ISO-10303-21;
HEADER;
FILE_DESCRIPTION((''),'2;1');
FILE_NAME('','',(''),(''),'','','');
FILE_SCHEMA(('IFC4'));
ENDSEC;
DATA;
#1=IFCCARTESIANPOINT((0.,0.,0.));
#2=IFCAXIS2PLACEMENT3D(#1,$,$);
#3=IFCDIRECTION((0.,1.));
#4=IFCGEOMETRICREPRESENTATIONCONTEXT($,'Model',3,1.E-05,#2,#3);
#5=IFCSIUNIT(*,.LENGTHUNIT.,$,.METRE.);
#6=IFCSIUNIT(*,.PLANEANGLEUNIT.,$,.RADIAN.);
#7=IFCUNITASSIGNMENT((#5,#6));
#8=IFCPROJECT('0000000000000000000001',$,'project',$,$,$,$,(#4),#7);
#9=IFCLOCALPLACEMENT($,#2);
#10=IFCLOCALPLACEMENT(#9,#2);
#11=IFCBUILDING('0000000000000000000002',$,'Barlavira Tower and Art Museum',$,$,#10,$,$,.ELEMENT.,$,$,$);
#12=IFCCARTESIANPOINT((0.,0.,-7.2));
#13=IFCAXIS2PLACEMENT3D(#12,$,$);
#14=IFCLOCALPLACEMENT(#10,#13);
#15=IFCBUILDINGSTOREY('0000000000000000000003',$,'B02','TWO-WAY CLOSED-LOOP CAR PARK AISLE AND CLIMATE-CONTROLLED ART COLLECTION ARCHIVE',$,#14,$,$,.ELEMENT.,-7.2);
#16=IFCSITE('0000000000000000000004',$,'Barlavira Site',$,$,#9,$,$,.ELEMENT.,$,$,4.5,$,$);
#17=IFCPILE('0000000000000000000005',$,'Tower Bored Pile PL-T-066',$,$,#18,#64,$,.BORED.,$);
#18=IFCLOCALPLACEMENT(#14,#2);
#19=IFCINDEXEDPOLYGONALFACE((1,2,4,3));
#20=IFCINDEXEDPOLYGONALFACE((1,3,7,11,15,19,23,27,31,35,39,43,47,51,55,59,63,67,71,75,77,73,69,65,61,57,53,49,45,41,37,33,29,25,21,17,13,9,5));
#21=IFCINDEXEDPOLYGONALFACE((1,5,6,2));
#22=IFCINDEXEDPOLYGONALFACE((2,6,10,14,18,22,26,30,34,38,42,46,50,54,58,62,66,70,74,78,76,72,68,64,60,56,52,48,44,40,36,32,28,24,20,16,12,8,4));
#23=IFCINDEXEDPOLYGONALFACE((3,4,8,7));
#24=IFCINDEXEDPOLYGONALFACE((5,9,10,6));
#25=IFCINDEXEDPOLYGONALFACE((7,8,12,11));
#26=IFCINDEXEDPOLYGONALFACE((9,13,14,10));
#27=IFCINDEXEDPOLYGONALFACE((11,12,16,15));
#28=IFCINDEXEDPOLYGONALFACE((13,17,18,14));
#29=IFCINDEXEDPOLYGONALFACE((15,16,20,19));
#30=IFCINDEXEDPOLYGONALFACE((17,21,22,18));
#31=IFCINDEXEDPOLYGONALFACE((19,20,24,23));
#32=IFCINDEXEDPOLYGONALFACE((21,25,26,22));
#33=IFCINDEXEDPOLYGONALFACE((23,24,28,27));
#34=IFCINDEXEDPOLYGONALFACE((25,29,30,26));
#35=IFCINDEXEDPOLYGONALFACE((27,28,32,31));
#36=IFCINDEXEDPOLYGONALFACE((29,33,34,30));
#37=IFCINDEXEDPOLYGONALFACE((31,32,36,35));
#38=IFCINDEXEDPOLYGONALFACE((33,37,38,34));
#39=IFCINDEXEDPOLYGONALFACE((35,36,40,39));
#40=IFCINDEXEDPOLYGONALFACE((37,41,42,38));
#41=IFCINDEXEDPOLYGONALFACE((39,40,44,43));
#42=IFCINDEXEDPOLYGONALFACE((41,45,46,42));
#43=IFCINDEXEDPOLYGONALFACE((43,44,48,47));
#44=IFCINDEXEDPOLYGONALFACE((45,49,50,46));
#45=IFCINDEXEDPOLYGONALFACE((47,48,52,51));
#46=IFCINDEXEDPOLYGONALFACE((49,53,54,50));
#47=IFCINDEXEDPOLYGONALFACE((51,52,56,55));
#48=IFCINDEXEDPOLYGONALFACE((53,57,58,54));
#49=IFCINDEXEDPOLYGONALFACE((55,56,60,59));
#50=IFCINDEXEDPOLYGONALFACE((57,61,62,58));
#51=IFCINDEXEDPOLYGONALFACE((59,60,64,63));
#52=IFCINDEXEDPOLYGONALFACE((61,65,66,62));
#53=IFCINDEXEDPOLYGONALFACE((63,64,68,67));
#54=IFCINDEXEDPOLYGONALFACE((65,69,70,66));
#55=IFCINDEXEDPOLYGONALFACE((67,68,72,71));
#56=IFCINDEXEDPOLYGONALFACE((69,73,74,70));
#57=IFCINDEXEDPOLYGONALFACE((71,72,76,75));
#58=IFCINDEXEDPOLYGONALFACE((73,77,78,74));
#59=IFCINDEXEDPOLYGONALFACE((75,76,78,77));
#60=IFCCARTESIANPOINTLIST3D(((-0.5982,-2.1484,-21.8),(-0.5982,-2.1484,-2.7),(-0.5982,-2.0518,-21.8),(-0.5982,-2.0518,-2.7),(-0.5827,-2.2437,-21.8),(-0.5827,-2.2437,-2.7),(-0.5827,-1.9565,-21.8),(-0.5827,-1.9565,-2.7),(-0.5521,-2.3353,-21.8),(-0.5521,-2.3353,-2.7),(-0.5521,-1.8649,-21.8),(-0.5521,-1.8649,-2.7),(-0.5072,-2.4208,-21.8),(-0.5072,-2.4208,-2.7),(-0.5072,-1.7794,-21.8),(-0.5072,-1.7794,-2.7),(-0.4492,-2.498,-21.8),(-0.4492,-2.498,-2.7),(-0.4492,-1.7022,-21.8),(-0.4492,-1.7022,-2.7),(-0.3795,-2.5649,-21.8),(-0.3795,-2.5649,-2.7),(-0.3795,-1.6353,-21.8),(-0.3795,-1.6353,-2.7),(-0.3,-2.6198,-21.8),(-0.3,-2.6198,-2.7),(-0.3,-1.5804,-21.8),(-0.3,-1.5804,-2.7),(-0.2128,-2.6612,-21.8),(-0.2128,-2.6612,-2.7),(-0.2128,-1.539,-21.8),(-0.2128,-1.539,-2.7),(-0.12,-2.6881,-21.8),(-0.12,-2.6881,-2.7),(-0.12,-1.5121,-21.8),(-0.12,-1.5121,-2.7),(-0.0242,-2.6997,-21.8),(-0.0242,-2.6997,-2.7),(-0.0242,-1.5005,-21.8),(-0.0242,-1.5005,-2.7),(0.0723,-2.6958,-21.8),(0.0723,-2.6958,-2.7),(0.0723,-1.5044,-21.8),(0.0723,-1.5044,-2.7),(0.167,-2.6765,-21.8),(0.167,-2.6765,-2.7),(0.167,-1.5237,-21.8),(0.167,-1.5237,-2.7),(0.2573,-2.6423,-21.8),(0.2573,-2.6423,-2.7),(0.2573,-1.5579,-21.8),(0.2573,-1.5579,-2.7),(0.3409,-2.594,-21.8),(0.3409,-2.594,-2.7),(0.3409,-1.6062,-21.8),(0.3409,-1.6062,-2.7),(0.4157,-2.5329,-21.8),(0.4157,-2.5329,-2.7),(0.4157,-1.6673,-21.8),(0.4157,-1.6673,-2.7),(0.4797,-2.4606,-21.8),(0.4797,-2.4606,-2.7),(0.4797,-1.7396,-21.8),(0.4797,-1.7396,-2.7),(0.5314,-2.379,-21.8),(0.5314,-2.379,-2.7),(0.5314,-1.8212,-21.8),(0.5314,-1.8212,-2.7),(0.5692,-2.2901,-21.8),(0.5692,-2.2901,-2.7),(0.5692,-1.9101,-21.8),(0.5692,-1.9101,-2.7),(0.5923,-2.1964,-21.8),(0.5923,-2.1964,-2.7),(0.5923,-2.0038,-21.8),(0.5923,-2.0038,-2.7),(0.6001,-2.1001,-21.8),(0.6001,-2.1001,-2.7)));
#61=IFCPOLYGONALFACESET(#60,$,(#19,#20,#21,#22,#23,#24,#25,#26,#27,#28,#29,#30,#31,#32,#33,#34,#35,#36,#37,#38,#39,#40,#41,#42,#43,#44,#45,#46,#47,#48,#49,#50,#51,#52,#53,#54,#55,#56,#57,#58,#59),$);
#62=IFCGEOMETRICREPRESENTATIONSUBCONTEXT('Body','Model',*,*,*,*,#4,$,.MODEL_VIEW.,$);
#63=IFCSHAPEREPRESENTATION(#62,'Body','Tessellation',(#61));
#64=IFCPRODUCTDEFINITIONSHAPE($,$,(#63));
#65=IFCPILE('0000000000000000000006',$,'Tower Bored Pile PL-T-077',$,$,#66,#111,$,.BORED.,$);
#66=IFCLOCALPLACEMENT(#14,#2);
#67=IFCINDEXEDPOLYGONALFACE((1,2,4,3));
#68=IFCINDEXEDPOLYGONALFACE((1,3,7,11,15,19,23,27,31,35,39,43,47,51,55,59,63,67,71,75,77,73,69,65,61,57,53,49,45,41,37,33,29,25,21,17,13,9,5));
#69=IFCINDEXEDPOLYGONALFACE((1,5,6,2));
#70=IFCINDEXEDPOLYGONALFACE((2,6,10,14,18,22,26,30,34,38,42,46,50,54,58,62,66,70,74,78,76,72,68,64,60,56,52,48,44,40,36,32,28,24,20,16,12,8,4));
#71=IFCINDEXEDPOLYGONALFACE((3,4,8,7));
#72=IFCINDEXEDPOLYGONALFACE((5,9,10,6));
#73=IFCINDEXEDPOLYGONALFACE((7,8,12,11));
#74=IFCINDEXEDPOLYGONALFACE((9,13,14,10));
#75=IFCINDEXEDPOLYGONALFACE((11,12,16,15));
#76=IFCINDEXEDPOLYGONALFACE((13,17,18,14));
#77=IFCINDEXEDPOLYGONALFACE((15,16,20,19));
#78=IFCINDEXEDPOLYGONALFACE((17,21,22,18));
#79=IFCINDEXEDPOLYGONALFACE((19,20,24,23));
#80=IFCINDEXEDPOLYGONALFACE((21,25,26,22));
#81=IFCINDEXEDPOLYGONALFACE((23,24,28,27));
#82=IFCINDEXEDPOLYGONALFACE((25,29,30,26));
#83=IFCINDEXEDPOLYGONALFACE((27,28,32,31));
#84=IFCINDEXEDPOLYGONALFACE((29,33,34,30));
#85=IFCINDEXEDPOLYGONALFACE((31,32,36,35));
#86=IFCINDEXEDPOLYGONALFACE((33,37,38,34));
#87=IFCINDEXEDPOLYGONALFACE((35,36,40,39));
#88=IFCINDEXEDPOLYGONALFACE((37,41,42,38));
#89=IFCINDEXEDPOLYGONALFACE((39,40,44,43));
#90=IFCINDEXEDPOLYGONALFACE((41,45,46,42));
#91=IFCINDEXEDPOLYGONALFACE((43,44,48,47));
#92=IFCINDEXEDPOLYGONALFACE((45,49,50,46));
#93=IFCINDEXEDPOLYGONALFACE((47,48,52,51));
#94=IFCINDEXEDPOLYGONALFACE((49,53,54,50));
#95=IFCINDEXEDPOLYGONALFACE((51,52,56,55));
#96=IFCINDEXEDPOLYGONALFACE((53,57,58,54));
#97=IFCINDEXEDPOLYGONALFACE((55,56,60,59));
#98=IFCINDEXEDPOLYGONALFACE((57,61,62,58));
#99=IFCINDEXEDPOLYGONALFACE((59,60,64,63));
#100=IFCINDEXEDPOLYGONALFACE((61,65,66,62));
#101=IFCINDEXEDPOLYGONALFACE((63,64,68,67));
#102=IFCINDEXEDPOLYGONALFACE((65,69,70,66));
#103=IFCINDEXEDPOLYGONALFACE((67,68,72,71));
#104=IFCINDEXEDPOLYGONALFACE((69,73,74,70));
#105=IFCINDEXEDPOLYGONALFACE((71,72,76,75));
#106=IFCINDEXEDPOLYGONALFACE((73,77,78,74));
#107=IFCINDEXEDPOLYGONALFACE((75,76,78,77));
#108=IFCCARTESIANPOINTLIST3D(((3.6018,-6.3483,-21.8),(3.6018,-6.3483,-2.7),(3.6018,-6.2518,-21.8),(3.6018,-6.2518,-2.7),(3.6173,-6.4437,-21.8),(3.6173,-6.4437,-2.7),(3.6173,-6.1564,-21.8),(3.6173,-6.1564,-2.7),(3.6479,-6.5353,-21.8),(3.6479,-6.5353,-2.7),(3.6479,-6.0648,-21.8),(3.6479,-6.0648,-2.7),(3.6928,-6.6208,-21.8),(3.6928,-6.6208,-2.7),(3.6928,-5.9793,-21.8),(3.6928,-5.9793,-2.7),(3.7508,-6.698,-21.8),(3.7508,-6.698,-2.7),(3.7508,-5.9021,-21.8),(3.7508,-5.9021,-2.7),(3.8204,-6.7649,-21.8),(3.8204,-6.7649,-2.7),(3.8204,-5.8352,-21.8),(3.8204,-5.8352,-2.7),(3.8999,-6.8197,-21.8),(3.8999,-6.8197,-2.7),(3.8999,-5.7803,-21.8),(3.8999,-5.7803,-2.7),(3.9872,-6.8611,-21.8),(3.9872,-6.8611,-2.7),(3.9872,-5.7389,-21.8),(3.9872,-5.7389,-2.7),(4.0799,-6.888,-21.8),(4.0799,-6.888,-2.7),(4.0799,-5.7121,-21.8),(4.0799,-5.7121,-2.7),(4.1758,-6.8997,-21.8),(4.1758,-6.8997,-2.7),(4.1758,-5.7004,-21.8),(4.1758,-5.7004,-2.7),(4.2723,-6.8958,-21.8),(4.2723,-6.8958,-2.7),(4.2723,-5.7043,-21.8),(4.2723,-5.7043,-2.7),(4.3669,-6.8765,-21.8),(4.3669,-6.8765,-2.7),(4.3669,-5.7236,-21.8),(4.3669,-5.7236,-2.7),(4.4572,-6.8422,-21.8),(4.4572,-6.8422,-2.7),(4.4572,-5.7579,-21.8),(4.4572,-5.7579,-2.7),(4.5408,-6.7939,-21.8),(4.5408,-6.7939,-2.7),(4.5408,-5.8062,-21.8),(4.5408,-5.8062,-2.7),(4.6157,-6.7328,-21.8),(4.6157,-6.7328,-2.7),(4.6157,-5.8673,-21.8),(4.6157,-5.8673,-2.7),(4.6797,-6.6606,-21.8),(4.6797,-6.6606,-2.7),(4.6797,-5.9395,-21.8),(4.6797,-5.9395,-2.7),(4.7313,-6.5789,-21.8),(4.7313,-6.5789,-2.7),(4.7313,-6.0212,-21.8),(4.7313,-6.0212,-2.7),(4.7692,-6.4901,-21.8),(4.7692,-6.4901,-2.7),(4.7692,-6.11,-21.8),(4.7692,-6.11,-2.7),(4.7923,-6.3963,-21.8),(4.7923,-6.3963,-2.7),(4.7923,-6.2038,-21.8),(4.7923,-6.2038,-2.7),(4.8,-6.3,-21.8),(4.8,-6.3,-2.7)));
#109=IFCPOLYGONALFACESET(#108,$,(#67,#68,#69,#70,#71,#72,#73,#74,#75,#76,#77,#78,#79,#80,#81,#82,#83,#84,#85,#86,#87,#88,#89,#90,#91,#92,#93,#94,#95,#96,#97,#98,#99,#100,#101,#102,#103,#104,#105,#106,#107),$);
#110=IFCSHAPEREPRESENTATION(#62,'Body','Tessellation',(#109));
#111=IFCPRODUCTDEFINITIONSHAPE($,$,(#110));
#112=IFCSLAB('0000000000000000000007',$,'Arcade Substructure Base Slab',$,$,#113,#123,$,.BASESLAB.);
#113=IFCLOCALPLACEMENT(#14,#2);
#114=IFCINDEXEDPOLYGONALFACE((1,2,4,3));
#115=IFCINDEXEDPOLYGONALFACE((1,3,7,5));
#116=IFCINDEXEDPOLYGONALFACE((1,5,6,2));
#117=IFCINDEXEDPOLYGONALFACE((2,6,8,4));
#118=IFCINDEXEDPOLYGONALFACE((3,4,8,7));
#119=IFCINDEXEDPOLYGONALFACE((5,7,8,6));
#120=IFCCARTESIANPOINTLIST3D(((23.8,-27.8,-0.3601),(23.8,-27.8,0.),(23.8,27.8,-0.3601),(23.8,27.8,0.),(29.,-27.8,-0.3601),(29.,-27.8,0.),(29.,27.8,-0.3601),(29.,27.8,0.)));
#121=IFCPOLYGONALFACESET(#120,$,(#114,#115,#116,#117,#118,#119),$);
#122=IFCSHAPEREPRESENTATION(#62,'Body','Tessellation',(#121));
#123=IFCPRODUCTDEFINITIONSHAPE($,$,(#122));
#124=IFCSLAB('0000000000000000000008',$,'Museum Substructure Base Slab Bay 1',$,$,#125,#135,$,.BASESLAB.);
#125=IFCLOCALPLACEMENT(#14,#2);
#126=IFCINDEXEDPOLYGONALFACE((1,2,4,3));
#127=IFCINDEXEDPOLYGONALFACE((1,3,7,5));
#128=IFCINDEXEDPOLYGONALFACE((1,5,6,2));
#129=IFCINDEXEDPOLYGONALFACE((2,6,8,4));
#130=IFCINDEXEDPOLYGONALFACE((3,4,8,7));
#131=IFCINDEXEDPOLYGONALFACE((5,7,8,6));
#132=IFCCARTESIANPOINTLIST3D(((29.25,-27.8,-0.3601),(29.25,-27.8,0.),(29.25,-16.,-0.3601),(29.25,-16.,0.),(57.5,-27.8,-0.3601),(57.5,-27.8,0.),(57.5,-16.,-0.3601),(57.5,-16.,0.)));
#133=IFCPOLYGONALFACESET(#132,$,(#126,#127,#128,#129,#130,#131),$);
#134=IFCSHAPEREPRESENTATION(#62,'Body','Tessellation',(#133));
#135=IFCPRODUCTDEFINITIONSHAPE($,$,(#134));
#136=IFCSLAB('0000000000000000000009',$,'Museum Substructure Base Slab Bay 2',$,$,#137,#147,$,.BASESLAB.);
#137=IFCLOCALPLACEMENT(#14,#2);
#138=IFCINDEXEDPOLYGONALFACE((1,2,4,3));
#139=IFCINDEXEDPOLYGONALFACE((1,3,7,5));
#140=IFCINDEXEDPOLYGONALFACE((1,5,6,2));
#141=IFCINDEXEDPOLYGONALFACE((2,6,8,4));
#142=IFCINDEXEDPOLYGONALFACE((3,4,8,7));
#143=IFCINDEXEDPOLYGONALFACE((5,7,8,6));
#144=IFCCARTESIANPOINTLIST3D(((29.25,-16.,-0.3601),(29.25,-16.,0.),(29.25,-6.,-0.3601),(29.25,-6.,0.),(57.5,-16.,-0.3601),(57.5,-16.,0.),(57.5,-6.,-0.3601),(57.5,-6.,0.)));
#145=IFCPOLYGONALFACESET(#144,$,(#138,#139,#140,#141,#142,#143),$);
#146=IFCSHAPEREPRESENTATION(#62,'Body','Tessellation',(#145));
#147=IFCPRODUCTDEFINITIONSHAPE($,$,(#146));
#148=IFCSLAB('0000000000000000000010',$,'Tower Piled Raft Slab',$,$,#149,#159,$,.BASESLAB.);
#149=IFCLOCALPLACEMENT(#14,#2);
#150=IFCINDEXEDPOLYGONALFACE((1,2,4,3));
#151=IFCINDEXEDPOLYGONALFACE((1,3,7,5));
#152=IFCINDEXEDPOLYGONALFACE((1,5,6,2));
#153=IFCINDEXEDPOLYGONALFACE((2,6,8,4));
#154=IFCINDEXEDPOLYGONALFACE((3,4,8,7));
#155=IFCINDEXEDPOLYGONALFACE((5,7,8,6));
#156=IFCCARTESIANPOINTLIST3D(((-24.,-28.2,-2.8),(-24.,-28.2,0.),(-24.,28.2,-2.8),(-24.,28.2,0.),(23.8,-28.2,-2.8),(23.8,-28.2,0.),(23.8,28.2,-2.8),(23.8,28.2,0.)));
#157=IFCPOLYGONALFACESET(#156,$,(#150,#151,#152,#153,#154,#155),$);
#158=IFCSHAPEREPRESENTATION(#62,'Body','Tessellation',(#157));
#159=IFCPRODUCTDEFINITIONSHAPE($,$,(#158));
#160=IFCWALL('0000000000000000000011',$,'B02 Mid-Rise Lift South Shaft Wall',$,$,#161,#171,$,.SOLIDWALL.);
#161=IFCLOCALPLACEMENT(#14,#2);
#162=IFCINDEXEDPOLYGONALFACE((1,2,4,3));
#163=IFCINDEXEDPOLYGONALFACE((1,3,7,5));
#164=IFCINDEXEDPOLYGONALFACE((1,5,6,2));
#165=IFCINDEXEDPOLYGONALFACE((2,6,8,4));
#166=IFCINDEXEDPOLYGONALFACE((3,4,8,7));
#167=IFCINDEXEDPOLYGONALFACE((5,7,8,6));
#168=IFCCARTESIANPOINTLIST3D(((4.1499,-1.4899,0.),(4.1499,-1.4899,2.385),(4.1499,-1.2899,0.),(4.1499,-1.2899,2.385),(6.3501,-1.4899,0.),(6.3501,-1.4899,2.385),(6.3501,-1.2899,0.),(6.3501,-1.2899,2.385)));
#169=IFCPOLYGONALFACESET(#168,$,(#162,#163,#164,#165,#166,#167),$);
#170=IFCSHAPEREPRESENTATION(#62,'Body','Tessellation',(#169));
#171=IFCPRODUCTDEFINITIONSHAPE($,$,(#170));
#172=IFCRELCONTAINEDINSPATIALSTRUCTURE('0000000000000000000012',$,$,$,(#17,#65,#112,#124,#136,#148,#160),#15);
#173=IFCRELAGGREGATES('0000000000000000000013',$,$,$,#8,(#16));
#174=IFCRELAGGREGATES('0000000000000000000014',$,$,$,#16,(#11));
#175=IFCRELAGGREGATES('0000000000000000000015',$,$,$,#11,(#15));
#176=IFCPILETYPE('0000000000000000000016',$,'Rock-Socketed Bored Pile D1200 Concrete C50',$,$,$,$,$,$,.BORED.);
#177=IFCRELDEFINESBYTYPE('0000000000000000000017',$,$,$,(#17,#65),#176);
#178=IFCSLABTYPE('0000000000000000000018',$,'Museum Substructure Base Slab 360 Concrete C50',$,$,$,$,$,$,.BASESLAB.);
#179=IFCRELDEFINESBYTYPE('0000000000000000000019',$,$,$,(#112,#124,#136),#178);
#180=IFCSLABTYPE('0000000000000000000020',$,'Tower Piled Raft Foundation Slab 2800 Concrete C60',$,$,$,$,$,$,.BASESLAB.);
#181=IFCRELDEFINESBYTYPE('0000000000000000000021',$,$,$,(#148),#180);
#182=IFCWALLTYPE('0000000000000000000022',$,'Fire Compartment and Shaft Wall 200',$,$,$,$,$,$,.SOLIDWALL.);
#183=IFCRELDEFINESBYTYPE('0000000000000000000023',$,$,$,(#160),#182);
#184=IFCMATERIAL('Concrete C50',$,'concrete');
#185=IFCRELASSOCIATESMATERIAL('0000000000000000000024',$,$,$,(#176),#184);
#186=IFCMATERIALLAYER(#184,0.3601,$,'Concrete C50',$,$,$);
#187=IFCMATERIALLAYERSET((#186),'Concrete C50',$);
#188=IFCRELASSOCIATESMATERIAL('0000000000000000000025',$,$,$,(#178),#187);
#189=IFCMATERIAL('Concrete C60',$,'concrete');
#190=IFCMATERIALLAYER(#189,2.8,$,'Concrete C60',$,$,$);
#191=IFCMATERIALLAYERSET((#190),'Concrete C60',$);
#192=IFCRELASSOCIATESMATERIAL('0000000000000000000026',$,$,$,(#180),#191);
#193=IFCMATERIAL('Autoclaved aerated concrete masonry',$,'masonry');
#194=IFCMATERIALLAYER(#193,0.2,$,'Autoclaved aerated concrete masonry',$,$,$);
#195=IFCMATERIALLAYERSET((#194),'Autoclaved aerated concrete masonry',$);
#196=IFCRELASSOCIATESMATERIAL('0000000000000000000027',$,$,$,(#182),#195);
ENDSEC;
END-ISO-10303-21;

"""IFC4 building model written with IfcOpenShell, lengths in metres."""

from ifc_helpers import new_model, si_unit, direction, frame, frame_2d, origin, origin_2d, place, context, subcontext, project, spatial, polyline, rectangle, circle, outline, extrude, material, layer, layer_set, material_profile, profile_set, type_object, element, save


model = new_model("IFC4")

# Units and contexts
model_context = context("Model", 3, precision=1e-05, world=origin(), true_north=direction((0.0, 1.0)))
body_context = subcontext(model_context, "Body", "Model", "MODEL_VIEW")
ifc_project = project(units=[si_unit("LENGTHUNIT", "METRE"), si_unit("PLANEANGLEUNIT", "RADIAN")], contexts=[model_context])

# Site, building, storey
site_placement = place(None, origin())
site = spatial("IfcSite", under=ifc_project, at=site_placement, Name="Barlavira Site", CompositionType="ELEMENT", RefElevation=4.5)
building_placement = place(site_placement, origin())
building = spatial("IfcBuilding", under=site, at=building_placement, Name="Barlavira Tower and Art Museum", CompositionType="ELEMENT")
storey_placement = place(building_placement, frame((0.0, 0.0, -7.2)))
storey = spatial("IfcBuildingStorey", under=building, at=storey_placement, Name="B02", Description="TWO-WAY CLOSED-LOOP CAR PARK AISLE AND CLIMATE-CONTROLLED ART COLLECTION ARCHIVE", CompositionType="ELEMENT", Elevation=-7.2)

# Piles
ifc_material_1 = material(Name="Concrete C50", Category="concrete")
ifc_material_profile = material_profile(ifc_material_1, circle(Radius=0.6001, at=origin_2d()), Name="BORED PILE D1200")
ifc_profile_set = profile_set([ifc_material_profile], Name="Concrete C50")
pile_type = type_object("IfcPileType", Name="Rock-Socketed Bored Pile D1200 Concrete C50", PredefinedType="BORED", material=ifc_profile_set)
for number, where, z_axis, x_axis, name in (
    (1, (0.0, -2.1001, -2.7), (0.0, 0.0, -1.0), (1.0, 0.0, 0.0), "Tower Bored Pile PL-T-066"),
    (2, (4.2, -6.3, -2.7), (0.0, 0.0, -1.0), (1.0, 0.0, 0.0), "Tower Bored Pile PL-T-077"),
):
    element("IfcPile", number, at=place(storey_placement, frame(where, z_axis=z_axis, x_axis=x_axis)), inside=storey, type_object=pile_type, Name=name, PredefinedType="BORED", context=body_context, shape_type="SweptSolid", body=[
        extrude(circle(Radius=0.6001, at=origin_2d()), origin(), (0.0, 0.0, 1.0), 19.1001),
    ])

# Slabs
ifc_layer_1 = layer(ifc_material_1, 0.3601, Name="Concrete C50")
ifc_layer_set_1 = layer_set([ifc_layer_1], Name="Concrete C50")
slab_type_1 = type_object("IfcSlabType", Name="Museum Substructure Base Slab 360 Concrete C50", PredefinedType="BASESLAB", material=ifc_layer_set_1)
slab_1_placement = place(storey_placement, frame((0.0, 0.0, -0.3601)))
element("IfcSlab", 3, at=slab_1_placement, inside=storey, type_object=slab_type_1, Name="Arcade Substructure Base Slab", PredefinedType="BASESLAB", context=body_context, shape_type="SweptSolid", body=[
    extrude(outline(polyline([(23.8, -27.8), (29.0, -27.8), (29.0, 27.8), (23.8, 27.8), (23.8, -27.8)])), origin(), (0.0, 0.0, 1.0), 0.3601),
])
slab_2_placement = place(storey_placement, frame((0.0, 0.0, -0.3601)))
element("IfcSlab", 4, at=slab_2_placement, inside=storey, type_object=slab_type_1, Name="Museum Substructure Base Slab Bay 1", PredefinedType="BASESLAB", context=body_context, shape_type="SweptSolid", body=[
    extrude(outline(polyline([(29.25, -27.8), (57.5, -27.8), (57.5, -16.0), (29.25, -16.0), (29.25, -27.8)])), origin(), (0.0, 0.0, 1.0), 0.3601),
])
slab_3_placement = place(storey_placement, frame((0.0, 0.0, -0.3601)))
element("IfcSlab", 5, at=slab_3_placement, inside=storey, type_object=slab_type_1, Name="Museum Substructure Base Slab Bay 2", PredefinedType="BASESLAB", context=body_context, shape_type="SweptSolid", body=[
    extrude(outline(polyline([(29.25, -16.0), (57.5, -16.0), (57.5, -6.0), (29.25, -6.0), (29.25, -16.0)])), origin(), (0.0, 0.0, 1.0), 0.3601),
])
ifc_material_2 = material(Name="Concrete C60", Category="concrete")
ifc_layer_2 = layer(ifc_material_2, 2.8, Name="Concrete C60")
ifc_layer_set_2 = layer_set([ifc_layer_2], Name="Concrete C60")
slab_type_2 = type_object("IfcSlabType", Name="Tower Piled Raft Foundation Slab 2800 Concrete C60", PredefinedType="BASESLAB", material=ifc_layer_set_2)
slab_4_placement = place(storey_placement, frame((0.0, 0.0, -2.8)))
element("IfcSlab", 6, at=slab_4_placement, inside=storey, type_object=slab_type_2, Name="Tower Piled Raft Slab", PredefinedType="BASESLAB", context=body_context, shape_type="SweptSolid", body=[
    extrude(outline(polyline([(-24.0, -28.2), (23.8, -28.2), (23.8, 28.2), (-24.0, 28.2), (-24.0, -28.2)])), origin(), (0.0, 0.0, 1.0), 2.8),
])

# Shared definitions
ifc_material_3 = material(Name="Autoclaved aerated concrete masonry", Category="masonry")
ifc_layer_3 = layer(ifc_material_3, 0.2, Name="Autoclaved aerated concrete masonry")
ifc_layer_set_3 = layer_set([ifc_layer_3], Name="Autoclaved aerated concrete masonry")
wall_type_1 = type_object("IfcWallType", Name="Fire Compartment and Shaft Wall 200", PredefinedType="SOLIDWALL", material=ifc_layer_set_3)

# Wall
wall_1_placement = place(storey_placement, frame((4.1499, -1.3899, 0.0), z_axis=(0.0, 0.0, 1.0), x_axis=(1.0, 0.0, 0.0)))
element("IfcWall", 7, at=wall_1_placement, inside=storey, type_object=wall_type_1, Name="B02 Mid-Rise Lift South Shaft Wall", PredefinedType="SOLIDWALL", context=body_context, shape_type="SweptSolid", body=[
    extrude(rectangle(XDim=2.2002, YDim=0.2, at=frame_2d((1.1001, 0.0))), origin(), (0.0, 0.0, 1.0), 2.385),
])

save(model, "model.ifc")
